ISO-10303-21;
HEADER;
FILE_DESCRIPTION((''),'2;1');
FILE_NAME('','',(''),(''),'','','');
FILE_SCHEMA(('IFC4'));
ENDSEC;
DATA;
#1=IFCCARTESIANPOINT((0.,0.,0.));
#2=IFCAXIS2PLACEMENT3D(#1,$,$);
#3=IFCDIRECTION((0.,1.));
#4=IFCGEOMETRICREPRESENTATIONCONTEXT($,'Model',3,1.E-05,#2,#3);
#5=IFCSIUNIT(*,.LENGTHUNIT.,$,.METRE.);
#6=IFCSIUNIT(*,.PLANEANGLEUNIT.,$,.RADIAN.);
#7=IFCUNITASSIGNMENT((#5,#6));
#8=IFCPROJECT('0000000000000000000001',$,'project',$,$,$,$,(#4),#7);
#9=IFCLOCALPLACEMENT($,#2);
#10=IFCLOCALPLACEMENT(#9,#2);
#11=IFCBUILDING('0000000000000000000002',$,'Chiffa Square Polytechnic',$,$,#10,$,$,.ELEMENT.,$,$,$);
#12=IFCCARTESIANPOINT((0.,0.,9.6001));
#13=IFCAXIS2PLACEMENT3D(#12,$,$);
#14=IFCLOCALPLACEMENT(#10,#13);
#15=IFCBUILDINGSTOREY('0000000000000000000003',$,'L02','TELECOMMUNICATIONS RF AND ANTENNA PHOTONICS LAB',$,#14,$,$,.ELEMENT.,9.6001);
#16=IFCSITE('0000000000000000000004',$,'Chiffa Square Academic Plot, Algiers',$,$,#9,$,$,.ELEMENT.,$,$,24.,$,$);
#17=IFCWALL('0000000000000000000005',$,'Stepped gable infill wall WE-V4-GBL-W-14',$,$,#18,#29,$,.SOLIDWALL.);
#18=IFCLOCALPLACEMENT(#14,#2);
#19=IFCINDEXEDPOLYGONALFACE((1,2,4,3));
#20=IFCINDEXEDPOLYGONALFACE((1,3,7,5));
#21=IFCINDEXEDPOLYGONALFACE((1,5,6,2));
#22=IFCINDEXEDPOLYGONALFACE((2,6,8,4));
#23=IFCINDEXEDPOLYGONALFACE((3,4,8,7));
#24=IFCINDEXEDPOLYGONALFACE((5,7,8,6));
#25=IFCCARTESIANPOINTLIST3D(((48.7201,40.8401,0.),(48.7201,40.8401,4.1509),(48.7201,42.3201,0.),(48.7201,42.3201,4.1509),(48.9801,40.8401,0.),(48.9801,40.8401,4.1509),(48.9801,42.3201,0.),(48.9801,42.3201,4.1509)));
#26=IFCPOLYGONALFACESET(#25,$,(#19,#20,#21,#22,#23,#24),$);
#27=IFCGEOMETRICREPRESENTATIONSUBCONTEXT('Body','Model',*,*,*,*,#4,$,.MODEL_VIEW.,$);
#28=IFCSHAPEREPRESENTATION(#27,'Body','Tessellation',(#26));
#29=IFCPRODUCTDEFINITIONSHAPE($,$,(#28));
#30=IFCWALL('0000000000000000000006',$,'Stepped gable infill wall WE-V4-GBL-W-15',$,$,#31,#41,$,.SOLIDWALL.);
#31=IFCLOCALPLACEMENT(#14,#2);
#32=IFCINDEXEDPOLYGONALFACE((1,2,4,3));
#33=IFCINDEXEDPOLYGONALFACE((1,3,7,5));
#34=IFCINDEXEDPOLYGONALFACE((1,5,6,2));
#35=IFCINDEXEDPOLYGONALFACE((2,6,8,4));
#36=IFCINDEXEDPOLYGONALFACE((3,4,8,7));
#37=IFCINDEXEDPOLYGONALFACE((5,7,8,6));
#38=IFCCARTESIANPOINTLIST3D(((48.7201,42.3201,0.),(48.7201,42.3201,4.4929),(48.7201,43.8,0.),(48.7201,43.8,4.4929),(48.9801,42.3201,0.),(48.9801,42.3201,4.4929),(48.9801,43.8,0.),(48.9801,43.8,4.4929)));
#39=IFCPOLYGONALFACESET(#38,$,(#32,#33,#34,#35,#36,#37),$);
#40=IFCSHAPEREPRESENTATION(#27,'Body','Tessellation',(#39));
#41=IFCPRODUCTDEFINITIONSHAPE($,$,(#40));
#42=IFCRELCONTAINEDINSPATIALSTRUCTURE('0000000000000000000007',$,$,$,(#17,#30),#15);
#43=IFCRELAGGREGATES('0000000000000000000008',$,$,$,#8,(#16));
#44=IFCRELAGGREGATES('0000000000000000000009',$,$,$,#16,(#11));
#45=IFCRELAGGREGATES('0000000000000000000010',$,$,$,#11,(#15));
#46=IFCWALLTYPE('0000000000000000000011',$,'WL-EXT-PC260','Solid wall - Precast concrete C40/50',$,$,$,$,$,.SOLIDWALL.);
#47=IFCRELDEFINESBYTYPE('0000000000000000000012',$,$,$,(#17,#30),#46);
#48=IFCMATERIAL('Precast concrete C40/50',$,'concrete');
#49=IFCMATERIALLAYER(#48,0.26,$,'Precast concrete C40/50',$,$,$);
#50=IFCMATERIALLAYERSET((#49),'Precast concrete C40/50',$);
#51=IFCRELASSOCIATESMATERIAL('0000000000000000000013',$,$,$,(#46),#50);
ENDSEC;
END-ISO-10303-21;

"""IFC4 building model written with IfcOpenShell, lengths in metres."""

from ifc_helpers import new_model, si_unit, direction, frame, frame_2d, origin, place, context, subcontext, project, spatial, rectangle, extrude, material, layer, layer_set, type_object, element, save


model = new_model("IFC4")

# Units and contexts
model_context = context("Model", 3, precision=1e-05, world=origin(), true_north=direction((0.0, 1.0)))
body_context = subcontext(model_context, "Body", "Model", "MODEL_VIEW")
ifc_project = project(units=[si_unit("LENGTHUNIT", "METRE"), si_unit("PLANEANGLEUNIT", "RADIAN")], contexts=[model_context])

# Site, building, storey
site_placement = place(None, origin())
site = spatial("IfcSite", under=ifc_project, at=site_placement, Name="Chiffa Square Academic Plot, Algiers", CompositionType="ELEMENT", RefElevation=24.0)
building_placement = place(site_placement, origin())
building = spatial("IfcBuilding", under=site, at=building_placement, Name="Chiffa Square Polytechnic", CompositionType="ELEMENT")
storey_placement = place(building_placement, frame((0.0, 0.0, 9.6001)))
storey = spatial("IfcBuildingStorey", under=building, at=storey_placement, Name="L02", Description="TELECOMMUNICATIONS RF AND ANTENNA PHOTONICS LAB", CompositionType="ELEMENT", Elevation=9.6001)

# Walls
ifc_material_1 = material(Name="Precast concrete C40/50", Category="concrete")
ifc_layer_1 = layer(ifc_material_1, 0.26, Name="Precast concrete C40/50")
ifc_layer_set_1 = layer_set([ifc_layer_1], Name="Precast concrete C40/50")
wall_type = type_object("IfcWallType", Name="WL-EXT-PC260", Description="Solid wall - Precast concrete C40/50", PredefinedType="SOLIDWALL", material=ifc_layer_set_1)
wall_1_placement = place(storey_placement, frame((48.8501, 40.8401, 0.0), z_axis=(0.0, 0.0, 1.0), x_axis=(0.0, 1.0, 0.0)))
element("IfcWall", 1, at=wall_1_placement, inside=storey, type_object=wall_type, Name="Stepped gable infill wall WE-V4-GBL-W-14", PredefinedType="SOLIDWALL", context=body_context, shape_type="SweptSolid", body=[
    extrude(rectangle(XDim=1.48, YDim=0.26, at=frame_2d((0.74, 0.0))), origin(), (0.0, 0.0, 1.0), 4.1509),
])
wall_2_placement = place(storey_placement, frame((48.8501, 42.3201, 0.0), z_axis=(0.0, 0.0, 1.0), x_axis=(0.0, 1.0, 0.0)))
element("IfcWall", 2, at=wall_2_placement, inside=storey, type_object=wall_type, Name="Stepped gable infill wall WE-V4-GBL-W-15", PredefinedType="SOLIDWALL", context=body_context, shape_type="SweptSolid", body=[
    extrude(rectangle(XDim=1.48, YDim=0.26, at=frame_2d((0.74, 0.0))), origin(), (0.0, 0.0, 1.0), 4.4929),
])

save(model, "model.ifc")
